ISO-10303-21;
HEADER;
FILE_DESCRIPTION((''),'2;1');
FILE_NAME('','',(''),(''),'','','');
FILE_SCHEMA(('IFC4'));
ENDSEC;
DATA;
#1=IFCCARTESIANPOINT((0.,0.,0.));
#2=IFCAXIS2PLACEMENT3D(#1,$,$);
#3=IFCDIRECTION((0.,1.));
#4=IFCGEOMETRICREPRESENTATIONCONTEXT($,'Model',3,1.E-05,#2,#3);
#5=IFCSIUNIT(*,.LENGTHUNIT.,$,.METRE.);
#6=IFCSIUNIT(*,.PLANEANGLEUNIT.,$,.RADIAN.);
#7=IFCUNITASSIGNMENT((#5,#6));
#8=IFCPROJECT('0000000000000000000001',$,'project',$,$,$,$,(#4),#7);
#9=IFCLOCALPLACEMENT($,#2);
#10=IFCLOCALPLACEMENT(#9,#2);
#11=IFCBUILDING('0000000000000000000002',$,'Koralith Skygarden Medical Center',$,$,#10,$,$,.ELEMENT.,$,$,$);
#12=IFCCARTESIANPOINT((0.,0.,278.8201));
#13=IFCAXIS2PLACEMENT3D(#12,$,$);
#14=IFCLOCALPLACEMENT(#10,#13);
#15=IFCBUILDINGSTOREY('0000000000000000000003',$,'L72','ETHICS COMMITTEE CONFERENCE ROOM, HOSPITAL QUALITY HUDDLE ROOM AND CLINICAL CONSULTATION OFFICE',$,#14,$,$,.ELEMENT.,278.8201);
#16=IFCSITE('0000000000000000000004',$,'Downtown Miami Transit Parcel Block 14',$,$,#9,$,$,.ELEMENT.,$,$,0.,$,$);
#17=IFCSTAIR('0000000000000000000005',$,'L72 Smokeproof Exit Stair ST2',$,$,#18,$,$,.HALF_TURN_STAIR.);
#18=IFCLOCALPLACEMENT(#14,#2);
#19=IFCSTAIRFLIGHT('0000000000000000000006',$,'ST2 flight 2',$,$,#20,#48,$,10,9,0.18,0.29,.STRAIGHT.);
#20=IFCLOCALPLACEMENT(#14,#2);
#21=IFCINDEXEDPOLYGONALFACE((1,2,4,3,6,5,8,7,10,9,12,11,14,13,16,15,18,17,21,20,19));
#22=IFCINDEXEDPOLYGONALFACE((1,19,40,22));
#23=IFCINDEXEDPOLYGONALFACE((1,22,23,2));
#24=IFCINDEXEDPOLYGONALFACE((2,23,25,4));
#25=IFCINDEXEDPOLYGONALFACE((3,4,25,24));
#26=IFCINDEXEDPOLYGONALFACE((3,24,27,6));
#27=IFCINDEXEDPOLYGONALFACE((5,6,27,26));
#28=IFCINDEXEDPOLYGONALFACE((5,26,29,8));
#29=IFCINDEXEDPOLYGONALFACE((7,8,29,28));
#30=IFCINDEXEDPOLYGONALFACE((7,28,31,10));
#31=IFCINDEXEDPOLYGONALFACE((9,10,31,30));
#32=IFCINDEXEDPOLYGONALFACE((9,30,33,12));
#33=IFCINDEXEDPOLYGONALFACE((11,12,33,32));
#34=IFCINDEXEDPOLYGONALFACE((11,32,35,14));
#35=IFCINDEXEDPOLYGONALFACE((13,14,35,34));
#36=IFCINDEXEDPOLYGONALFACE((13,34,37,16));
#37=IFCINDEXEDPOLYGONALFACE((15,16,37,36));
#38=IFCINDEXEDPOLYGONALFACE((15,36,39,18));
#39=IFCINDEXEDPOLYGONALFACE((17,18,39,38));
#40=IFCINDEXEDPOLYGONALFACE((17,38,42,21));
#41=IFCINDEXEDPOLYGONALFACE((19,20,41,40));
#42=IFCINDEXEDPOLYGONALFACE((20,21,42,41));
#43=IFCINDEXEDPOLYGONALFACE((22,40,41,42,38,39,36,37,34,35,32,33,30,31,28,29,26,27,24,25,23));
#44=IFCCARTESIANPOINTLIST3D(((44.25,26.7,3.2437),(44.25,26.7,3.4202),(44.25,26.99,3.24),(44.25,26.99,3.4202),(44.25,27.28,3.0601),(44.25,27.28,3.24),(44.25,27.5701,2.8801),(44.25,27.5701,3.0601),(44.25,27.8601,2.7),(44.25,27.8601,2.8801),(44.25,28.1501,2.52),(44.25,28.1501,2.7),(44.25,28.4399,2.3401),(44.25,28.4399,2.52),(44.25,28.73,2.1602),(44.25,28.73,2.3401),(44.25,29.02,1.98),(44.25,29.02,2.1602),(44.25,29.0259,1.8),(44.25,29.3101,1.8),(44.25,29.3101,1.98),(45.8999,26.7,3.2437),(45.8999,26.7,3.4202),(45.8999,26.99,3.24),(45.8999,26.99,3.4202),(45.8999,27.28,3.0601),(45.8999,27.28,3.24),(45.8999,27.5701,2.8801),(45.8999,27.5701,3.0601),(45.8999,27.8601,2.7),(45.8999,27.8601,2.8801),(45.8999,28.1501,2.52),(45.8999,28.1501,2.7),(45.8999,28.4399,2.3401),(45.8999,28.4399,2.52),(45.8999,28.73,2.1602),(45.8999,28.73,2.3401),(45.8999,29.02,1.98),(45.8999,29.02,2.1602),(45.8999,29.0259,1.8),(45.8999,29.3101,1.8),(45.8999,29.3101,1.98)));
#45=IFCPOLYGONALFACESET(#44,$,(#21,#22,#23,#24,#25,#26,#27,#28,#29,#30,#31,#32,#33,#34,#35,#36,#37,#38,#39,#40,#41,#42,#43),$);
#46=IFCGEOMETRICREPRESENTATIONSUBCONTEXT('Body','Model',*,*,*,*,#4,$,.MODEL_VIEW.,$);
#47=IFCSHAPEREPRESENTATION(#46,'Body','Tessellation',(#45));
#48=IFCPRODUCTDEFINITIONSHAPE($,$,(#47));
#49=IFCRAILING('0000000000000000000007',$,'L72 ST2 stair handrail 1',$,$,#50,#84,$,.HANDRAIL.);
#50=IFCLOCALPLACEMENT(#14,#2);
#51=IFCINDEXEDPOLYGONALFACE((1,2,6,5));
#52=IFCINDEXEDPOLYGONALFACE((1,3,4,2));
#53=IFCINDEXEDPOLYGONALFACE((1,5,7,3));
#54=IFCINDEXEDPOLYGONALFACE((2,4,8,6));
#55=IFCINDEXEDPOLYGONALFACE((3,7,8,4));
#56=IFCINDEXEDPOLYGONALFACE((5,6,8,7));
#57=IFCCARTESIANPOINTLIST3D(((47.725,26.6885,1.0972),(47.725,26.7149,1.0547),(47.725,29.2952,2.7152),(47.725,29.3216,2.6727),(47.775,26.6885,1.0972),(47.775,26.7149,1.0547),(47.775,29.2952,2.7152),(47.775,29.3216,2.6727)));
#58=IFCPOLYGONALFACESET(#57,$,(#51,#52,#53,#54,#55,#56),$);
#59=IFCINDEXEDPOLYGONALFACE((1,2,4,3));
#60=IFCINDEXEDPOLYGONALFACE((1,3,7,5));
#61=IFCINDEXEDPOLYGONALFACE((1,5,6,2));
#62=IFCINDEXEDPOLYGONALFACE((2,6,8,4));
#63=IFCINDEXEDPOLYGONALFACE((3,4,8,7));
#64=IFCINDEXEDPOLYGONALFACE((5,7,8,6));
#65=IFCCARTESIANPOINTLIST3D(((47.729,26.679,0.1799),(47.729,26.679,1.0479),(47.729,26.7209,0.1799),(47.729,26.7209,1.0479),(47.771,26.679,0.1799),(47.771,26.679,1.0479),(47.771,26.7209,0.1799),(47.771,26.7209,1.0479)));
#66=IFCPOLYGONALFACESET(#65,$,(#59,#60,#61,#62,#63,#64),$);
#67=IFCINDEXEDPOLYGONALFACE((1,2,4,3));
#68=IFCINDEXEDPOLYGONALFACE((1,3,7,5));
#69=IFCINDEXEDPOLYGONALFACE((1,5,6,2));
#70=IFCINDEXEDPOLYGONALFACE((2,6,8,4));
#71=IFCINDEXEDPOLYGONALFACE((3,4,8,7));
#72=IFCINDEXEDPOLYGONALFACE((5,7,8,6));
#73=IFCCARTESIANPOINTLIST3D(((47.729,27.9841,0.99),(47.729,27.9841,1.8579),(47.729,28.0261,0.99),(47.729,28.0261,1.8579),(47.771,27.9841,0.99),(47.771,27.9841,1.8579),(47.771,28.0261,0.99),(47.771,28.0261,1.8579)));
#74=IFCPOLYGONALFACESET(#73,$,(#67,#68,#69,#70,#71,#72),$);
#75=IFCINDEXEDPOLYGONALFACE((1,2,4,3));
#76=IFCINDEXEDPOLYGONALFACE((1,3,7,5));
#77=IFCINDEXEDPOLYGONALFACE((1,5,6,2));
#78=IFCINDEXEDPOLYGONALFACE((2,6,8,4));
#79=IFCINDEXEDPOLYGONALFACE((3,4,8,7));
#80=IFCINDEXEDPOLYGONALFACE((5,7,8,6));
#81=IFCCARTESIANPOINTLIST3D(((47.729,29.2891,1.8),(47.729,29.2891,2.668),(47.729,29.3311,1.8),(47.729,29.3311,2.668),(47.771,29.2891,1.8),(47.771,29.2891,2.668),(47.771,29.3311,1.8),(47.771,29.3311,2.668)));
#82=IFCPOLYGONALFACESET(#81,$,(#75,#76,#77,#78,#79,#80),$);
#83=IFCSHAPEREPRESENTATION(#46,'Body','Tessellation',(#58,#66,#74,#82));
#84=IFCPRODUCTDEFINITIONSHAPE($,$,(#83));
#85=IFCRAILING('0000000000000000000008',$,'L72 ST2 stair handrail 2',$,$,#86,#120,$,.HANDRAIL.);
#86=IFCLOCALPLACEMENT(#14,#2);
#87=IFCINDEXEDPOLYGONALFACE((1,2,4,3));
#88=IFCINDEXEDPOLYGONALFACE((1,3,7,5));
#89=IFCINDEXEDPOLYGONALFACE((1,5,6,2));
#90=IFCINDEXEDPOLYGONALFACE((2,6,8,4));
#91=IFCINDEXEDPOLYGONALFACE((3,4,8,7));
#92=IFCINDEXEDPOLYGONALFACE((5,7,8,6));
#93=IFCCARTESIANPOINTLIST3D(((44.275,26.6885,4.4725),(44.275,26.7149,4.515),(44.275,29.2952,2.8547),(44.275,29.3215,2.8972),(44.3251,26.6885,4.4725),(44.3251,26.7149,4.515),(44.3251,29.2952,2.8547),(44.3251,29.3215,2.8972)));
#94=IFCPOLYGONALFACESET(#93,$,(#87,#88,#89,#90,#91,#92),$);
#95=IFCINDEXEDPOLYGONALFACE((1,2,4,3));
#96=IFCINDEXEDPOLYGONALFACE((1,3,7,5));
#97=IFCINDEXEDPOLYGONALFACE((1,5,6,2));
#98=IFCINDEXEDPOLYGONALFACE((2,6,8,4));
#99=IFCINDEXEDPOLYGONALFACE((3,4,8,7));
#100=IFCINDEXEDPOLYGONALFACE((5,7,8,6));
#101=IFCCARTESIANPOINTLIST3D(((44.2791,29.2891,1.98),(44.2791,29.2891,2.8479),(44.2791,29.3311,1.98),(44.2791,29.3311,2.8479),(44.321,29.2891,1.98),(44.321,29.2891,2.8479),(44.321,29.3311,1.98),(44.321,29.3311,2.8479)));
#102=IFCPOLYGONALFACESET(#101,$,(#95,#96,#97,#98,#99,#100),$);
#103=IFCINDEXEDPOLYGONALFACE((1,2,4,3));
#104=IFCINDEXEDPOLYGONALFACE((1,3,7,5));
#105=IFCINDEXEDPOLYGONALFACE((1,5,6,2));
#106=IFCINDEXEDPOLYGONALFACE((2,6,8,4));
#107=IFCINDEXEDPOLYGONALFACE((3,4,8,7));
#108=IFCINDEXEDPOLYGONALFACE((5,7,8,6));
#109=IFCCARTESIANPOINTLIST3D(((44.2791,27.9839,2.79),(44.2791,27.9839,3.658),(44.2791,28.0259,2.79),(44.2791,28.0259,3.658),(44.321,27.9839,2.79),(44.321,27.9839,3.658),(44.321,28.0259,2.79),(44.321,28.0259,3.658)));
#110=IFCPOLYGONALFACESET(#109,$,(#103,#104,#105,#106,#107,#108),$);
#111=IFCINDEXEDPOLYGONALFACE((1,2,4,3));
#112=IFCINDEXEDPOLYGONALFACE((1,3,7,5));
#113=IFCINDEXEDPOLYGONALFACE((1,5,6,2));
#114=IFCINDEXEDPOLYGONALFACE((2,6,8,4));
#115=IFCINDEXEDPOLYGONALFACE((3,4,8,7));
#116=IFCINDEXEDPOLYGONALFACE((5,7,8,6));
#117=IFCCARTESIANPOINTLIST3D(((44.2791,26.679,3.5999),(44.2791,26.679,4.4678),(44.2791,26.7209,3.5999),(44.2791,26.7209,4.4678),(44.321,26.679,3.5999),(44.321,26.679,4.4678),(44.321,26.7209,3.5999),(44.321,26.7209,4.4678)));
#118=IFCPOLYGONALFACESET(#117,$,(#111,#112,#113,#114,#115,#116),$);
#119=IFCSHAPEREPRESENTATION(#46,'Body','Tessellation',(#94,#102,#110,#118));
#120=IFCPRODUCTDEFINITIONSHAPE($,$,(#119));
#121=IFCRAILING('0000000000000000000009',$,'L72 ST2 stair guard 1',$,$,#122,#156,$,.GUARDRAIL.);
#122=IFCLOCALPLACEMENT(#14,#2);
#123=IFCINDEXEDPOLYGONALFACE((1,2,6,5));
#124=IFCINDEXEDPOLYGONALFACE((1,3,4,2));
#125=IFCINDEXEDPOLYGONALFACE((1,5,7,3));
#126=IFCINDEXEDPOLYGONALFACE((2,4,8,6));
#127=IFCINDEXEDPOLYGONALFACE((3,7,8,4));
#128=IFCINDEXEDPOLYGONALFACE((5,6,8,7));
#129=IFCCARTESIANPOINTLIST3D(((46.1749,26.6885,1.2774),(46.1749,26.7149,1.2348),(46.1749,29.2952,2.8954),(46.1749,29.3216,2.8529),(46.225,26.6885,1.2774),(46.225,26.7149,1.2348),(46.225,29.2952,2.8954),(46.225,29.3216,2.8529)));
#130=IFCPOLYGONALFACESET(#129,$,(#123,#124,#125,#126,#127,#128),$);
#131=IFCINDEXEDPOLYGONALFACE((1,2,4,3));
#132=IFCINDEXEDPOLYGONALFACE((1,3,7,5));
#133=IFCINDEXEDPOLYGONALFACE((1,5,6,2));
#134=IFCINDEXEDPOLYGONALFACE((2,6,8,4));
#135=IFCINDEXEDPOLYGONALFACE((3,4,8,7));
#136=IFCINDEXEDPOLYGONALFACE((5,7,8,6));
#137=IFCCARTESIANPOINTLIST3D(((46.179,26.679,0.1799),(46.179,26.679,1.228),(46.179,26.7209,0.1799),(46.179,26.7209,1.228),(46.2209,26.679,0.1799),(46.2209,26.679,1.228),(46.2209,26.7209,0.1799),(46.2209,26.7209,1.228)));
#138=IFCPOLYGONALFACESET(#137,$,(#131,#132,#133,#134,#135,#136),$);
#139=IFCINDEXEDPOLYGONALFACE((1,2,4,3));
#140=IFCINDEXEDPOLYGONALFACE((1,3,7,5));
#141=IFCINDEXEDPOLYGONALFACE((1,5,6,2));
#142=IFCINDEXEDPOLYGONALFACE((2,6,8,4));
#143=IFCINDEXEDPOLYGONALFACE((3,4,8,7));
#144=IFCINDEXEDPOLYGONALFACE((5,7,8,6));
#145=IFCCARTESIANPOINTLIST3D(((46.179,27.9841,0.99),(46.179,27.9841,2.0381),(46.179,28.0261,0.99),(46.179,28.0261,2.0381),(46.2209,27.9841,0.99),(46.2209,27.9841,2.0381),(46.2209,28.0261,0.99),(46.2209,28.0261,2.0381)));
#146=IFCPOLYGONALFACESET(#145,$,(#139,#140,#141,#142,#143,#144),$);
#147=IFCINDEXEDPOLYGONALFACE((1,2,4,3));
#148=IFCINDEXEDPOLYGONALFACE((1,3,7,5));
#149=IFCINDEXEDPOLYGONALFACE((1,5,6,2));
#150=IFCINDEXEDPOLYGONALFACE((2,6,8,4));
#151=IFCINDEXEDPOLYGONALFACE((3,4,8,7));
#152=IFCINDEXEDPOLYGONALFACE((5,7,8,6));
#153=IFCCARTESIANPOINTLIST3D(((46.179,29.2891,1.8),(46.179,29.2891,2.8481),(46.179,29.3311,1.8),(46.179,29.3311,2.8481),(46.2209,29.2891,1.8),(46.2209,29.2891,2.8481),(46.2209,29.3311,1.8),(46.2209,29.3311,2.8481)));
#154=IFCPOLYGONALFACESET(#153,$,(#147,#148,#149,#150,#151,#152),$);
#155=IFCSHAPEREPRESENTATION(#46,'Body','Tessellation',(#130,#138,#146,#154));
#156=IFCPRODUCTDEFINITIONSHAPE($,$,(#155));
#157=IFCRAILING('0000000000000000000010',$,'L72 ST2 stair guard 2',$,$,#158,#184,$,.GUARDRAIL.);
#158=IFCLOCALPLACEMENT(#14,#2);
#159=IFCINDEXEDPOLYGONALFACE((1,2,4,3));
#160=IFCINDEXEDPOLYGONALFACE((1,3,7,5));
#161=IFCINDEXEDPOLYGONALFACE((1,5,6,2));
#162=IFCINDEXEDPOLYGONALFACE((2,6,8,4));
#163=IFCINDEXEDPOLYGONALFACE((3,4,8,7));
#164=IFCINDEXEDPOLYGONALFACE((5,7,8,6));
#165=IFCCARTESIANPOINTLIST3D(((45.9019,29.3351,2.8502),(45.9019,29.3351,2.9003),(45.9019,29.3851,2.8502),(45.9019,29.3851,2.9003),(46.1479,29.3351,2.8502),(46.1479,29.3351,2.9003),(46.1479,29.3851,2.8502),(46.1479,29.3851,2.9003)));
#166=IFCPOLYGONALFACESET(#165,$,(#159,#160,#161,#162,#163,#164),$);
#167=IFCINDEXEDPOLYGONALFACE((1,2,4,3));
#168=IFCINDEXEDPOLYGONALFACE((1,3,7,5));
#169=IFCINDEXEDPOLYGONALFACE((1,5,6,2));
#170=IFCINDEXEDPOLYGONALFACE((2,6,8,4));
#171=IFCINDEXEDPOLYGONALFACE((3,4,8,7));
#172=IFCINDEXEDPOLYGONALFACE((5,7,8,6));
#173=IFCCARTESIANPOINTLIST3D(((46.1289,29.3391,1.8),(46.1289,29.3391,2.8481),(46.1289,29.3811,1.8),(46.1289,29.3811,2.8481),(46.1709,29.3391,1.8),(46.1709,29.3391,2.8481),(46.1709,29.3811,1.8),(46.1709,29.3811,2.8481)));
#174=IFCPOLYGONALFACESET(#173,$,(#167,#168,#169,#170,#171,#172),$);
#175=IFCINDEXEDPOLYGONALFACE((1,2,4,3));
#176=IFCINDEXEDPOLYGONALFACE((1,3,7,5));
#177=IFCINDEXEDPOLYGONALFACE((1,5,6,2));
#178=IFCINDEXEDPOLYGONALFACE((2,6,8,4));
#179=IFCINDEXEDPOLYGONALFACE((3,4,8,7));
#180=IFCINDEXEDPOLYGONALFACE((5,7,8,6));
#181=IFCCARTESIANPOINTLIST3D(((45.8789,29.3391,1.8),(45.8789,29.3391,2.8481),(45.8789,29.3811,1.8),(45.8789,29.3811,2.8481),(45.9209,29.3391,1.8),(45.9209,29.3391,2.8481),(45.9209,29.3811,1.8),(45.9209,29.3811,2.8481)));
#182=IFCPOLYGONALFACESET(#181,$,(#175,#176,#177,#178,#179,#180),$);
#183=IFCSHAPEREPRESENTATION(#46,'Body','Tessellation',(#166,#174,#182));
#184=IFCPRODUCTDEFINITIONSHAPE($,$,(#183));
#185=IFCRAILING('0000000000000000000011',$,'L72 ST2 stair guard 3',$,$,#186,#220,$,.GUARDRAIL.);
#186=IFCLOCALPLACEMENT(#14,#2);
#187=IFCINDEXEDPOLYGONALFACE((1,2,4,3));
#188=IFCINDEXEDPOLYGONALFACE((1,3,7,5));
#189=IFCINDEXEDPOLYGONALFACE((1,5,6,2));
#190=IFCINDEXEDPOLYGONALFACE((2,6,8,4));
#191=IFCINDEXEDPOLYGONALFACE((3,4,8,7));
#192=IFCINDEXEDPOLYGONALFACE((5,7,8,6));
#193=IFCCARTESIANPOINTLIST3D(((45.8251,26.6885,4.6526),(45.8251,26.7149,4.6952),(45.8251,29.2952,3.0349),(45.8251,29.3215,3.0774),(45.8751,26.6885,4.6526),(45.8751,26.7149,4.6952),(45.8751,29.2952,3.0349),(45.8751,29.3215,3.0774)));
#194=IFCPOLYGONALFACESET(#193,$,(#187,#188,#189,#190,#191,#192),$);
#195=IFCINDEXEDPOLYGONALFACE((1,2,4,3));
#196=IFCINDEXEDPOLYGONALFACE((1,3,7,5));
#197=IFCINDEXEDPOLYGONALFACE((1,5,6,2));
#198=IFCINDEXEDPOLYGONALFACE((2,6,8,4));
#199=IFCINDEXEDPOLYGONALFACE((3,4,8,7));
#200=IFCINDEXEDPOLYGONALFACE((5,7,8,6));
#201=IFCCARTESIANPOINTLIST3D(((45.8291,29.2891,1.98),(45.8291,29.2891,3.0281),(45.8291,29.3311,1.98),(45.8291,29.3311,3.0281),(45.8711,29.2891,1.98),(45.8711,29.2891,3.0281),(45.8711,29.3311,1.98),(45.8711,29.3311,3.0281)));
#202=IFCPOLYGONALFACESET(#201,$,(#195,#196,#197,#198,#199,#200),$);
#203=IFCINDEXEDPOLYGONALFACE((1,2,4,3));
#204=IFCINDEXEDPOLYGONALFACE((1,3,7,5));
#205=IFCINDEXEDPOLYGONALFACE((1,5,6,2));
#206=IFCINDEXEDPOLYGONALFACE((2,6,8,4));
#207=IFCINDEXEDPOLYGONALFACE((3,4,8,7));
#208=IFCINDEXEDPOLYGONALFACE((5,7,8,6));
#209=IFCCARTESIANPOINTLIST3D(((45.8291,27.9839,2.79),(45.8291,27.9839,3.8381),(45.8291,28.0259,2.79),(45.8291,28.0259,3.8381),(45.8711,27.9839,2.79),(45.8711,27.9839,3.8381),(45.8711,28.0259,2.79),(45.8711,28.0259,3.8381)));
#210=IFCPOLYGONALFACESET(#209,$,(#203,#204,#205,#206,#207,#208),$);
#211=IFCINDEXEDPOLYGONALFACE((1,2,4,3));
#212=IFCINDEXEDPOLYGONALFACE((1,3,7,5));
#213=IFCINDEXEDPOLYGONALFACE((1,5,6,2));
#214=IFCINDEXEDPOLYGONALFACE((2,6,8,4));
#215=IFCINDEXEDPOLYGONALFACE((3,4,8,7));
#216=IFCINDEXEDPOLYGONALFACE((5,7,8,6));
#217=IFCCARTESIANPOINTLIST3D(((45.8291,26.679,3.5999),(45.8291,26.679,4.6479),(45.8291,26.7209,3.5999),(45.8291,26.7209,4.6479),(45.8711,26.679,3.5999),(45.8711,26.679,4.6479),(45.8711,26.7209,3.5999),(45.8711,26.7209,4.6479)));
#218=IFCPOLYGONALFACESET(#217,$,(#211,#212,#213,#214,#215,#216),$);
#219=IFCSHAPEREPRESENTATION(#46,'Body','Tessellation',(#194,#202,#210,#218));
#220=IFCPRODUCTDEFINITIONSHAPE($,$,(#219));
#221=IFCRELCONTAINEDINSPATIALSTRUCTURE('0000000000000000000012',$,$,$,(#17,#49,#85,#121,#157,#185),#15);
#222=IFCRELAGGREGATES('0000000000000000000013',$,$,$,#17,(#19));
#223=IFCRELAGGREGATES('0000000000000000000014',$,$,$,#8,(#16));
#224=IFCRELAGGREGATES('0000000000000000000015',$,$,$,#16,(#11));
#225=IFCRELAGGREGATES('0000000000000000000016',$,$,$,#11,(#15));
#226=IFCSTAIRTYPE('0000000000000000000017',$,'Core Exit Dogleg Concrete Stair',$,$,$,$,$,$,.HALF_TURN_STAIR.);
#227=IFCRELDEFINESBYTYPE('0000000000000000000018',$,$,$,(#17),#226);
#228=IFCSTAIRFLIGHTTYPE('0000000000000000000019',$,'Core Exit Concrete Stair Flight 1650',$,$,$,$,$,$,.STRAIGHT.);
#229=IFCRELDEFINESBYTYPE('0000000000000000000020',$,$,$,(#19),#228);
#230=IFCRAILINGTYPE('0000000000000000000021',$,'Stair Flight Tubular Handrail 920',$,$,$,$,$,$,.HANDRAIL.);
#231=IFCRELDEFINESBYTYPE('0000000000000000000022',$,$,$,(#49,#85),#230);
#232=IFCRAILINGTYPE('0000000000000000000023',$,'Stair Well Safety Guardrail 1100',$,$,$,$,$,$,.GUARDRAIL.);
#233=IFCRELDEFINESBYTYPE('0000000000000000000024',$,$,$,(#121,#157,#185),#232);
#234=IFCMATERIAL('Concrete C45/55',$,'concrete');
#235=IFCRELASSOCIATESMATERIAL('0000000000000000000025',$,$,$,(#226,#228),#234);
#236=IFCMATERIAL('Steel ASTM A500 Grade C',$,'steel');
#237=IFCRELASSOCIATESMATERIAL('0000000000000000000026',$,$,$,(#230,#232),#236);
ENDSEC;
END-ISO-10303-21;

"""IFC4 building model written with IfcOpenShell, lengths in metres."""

from ifc_helpers import new_model, si_unit, direction, frame, origin, origin_2d, place, context, subcontext, project, spatial, polyline, rectangle, outline, extrude, material, type_object, element, aggregate, save


model = new_model("IFC4")

# Units and contexts
model_context = context("Model", 3, precision=1e-05, world=origin(), true_north=direction((0.0, 1.0)))
body_context = subcontext(model_context, "Body", "Model", "MODEL_VIEW")
ifc_project = project(units=[si_unit("LENGTHUNIT", "METRE"), si_unit("PLANEANGLEUNIT", "RADIAN")], contexts=[model_context])

# Site, building, storey
site_placement = place(None, origin())
site = spatial("IfcSite", under=ifc_project, at=site_placement, Name="Downtown Miami Transit Parcel Block 14", CompositionType="ELEMENT", RefElevation=0.0)
building_placement = place(site_placement, origin())
building = spatial("IfcBuilding", under=site, at=building_placement, Name="Koralith Skygarden Medical Center", CompositionType="ELEMENT")
storey_placement = place(building_placement, frame((0.0, 0.0, 278.8201)))
storey = spatial("IfcBuildingStorey", under=building, at=storey_placement, Name="L72", Description="ETHICS COMMITTEE CONFERENCE ROOM, HOSPITAL QUALITY HUDDLE ROOM AND CLINICAL CONSULTATION OFFICE", CompositionType="ELEMENT", Elevation=278.8201)

# Shared definitions
ifc_material_1 = material(Name="Concrete C45/55", Category="concrete")

# Stair, stair flight
stair_type = type_object("IfcStairType", Name="Core Exit Dogleg Concrete Stair", PredefinedType="HALF_TURN_STAIR", material=ifc_material_1)
stair_placement = place(storey_placement, origin())
stair = element("IfcStair", 1, at=stair_placement, inside=storey, type_object=stair_type, Name="L72 Smokeproof Exit Stair ST2", PredefinedType="HALF_TURN_STAIR")
stair_flight_type = type_object("IfcStairFlightType", Name="Core Exit Concrete Stair Flight 1650", PredefinedType="STRAIGHT", material=ifc_material_1)
stair_flight_1_placement = place(storey_placement, frame((45.075, 29.3101, 1.8), z_axis=(0.0, 0.0, 1.0), x_axis=(0.0, -1.0, 0.0)))
stair_flight_1 = element("IfcStairFlight", 2, at=stair_flight_1_placement, type_object=stair_flight_type, Name="ST2 flight 2", NumberOfRisers=10, NumberOfTreads=9, PredefinedType="STRAIGHT", RiserHeight=0.18, TreadLength=0.29, context=body_context, shape_type="SweptSolid", body=[
    extrude(outline(polyline([(0.0, 0.0), (0.0, 0.1799), (0.29, 0.1799), (0.29, 0.3601), (0.5801, 0.3601), (0.5801, 0.54), (0.8701, 0.54), (0.8701, 0.72), (1.1599, 0.72), (1.1599, 0.8999), (1.45, 0.8999), (1.45, 1.0801), (1.74, 1.0801), (1.74, 1.26), (2.03, 1.26), (2.03, 1.4399), (2.3201, 1.4399), (2.3201, 1.6201), (2.6101, 1.6201), (2.6101, 1.8), (2.6101, 1.4436), (0.2842, 0.0), (0.0, 0.0)])), frame((0.0, 0.825, 0.0), z_axis=(0.0, -1.0, 0.0), x_axis=(1.0, 0.0, 0.0)), (0.0, 0.0, 1.0), 1.6499),
])
aggregate(stair, [stair_flight_1])

# Railings
ifc_material_2 = material(Name="Steel ASTM A500 Grade C", Category="steel")
railing_type_1 = type_object("IfcRailingType", Name="Stair Flight Tubular Handrail 920", PredefinedType="HANDRAIL", material=ifc_material_2)
railing_1_placement = place(storey_placement, frame((47.75, 26.7, 0.1799)))
element("IfcRailing", 3, at=railing_1_placement, inside=storey, type_object=railing_type_1, Name="L72 ST2 stair handrail 1", PredefinedType="HANDRAIL", context=body_context, shape_type="SweptSolid", body=[
    extrude(rectangle(XDim=0.05, YDim=0.05, at=origin_2d()), frame((0.0, 0.0017, 0.896), z_axis=(0.0, 0.849633, 0.527375), x_axis=(-1.0, 0.0, 0.0)), (0.0, 0.0, 1.0), 3.0681),
    extrude(rectangle(XDim=0.042, YDim=0.042, at=origin_2d()), origin(), (0.0, 0.0, 1.0), 0.8679),
    extrude(rectangle(XDim=0.042, YDim=0.042, at=origin_2d()), frame((0.0, 1.3052, 0.8101)), (0.0, 0.0, 1.0), 0.8679),
    extrude(rectangle(XDim=0.042, YDim=0.042, at=origin_2d()), frame((0.0, 2.6101, 1.6201)), (0.0, 0.0, 1.0), 0.8679),
])
railing_2_placement = place(storey_placement, frame((44.3, 29.3101, 1.98)))
element("IfcRailing", 4, at=railing_2_placement, inside=storey, type_object=railing_type_1, Name="L72 ST2 stair handrail 2", PredefinedType="HANDRAIL", context=body_context, shape_type="SweptSolid", body=[
    extrude(rectangle(XDim=0.05, YDim=0.05, at=origin_2d()), frame((0.0, -0.0017, 0.896), z_axis=(0.0, -0.849668, 0.527317), x_axis=(1.0, 0.0, 0.0)), (0.0, 0.0, 1.0), 3.0679),
    extrude(rectangle(XDim=0.042, YDim=0.042, at=origin_2d()), origin(), (0.0, 0.0, 1.0), 0.8679),
    extrude(rectangle(XDim=0.042, YDim=0.042, at=origin_2d()), frame((0.0, -1.3052, 0.8101)), (0.0, 0.0, 1.0), 0.8679),
    extrude(rectangle(XDim=0.042, YDim=0.042, at=origin_2d()), frame((0.0, -2.6101, 1.6199)), (0.0, 0.0, 1.0), 0.8679),
])
railing_type_2 = type_object("IfcRailingType", Name="Stair Well Safety Guardrail 1100", PredefinedType="GUARDRAIL", material=ifc_material_2)
railing_3_placement = place(storey_placement, frame((46.2, 26.7, 0.1799)))
element("IfcRailing", 5, at=railing_3_placement, inside=storey, type_object=railing_type_2, Name="L72 ST2 stair guard 1", PredefinedType="GUARDRAIL", context=body_context, shape_type="SweptSolid", body=[
    extrude(rectangle(XDim=0.05, YDim=0.05, at=origin_2d()), frame((0.0, 0.0017, 1.0762), z_axis=(0.0, 0.849633, 0.527375), x_axis=(-1.0, 0.0, 0.0)), (0.0, 0.0, 1.0), 3.0681),
    extrude(rectangle(XDim=0.042, YDim=0.042, at=origin_2d()), origin(), (0.0, 0.0, 1.0), 1.0481),
    extrude(rectangle(XDim=0.042, YDim=0.042, at=origin_2d()), frame((0.0, 1.3052, 0.8101)), (0.0, 0.0, 1.0), 1.0481),
    extrude(rectangle(XDim=0.042, YDim=0.042, at=origin_2d()), frame((0.0, 2.6101, 1.6201)), (0.0, 0.0, 1.0), 1.0481),
])
railing_4_placement = place(storey_placement, frame((46.1499, 29.3601, 1.8)))
element("IfcRailing", 6, at=railing_4_placement, inside=storey, type_object=railing_type_2, Name="L72 ST2 stair guard 2", PredefinedType="GUARDRAIL", context=body_context, shape_type="SweptSolid", body=[
    extrude(rectangle(XDim=0.05, YDim=0.05, at=origin_2d()), frame((-0.002, 0.0, 1.0752), z_axis=(-1.0, 0.0, 0.0), x_axis=(0.0, -1.0, 0.0)), (0.0, 0.0, 1.0), 0.2461),
    extrude(rectangle(XDim=0.042, YDim=0.042, at=origin_2d()), origin(), (0.0, 0.0, 1.0), 1.0481),
    extrude(rectangle(XDim=0.042, YDim=0.042, at=origin_2d()), frame((-0.25, 0.0, 0.0)), (0.0, 0.0, 1.0), 1.0481),
])
railing_5_placement = place(storey_placement, frame((45.8501, 29.3101, 1.98)))
element("IfcRailing", 7, at=railing_5_placement, inside=storey, type_object=railing_type_2, Name="L72 ST2 stair guard 3", PredefinedType="GUARDRAIL", context=body_context, shape_type="SweptSolid", body=[
    extrude(rectangle(XDim=0.05, YDim=0.05, at=origin_2d()), frame((0.0, -0.0017, 1.0762), z_axis=(0.0, -0.849668, 0.527317), x_axis=(1.0, 0.0, 0.0)), (0.0, 0.0, 1.0), 3.0679),
    extrude(rectangle(XDim=0.042, YDim=0.042, at=origin_2d()), origin(), (0.0, 0.0, 1.0), 1.0481),
    extrude(rectangle(XDim=0.042, YDim=0.042, at=origin_2d()), frame((0.0, -1.3052, 0.8101)), (0.0, 0.0, 1.0), 1.0481),
    extrude(rectangle(XDim=0.042, YDim=0.042, at=origin_2d()), frame((0.0, -2.6101, 1.6199)), (0.0, 0.0, 1.0), 1.0481),
])

save(model, "model.ifc")
